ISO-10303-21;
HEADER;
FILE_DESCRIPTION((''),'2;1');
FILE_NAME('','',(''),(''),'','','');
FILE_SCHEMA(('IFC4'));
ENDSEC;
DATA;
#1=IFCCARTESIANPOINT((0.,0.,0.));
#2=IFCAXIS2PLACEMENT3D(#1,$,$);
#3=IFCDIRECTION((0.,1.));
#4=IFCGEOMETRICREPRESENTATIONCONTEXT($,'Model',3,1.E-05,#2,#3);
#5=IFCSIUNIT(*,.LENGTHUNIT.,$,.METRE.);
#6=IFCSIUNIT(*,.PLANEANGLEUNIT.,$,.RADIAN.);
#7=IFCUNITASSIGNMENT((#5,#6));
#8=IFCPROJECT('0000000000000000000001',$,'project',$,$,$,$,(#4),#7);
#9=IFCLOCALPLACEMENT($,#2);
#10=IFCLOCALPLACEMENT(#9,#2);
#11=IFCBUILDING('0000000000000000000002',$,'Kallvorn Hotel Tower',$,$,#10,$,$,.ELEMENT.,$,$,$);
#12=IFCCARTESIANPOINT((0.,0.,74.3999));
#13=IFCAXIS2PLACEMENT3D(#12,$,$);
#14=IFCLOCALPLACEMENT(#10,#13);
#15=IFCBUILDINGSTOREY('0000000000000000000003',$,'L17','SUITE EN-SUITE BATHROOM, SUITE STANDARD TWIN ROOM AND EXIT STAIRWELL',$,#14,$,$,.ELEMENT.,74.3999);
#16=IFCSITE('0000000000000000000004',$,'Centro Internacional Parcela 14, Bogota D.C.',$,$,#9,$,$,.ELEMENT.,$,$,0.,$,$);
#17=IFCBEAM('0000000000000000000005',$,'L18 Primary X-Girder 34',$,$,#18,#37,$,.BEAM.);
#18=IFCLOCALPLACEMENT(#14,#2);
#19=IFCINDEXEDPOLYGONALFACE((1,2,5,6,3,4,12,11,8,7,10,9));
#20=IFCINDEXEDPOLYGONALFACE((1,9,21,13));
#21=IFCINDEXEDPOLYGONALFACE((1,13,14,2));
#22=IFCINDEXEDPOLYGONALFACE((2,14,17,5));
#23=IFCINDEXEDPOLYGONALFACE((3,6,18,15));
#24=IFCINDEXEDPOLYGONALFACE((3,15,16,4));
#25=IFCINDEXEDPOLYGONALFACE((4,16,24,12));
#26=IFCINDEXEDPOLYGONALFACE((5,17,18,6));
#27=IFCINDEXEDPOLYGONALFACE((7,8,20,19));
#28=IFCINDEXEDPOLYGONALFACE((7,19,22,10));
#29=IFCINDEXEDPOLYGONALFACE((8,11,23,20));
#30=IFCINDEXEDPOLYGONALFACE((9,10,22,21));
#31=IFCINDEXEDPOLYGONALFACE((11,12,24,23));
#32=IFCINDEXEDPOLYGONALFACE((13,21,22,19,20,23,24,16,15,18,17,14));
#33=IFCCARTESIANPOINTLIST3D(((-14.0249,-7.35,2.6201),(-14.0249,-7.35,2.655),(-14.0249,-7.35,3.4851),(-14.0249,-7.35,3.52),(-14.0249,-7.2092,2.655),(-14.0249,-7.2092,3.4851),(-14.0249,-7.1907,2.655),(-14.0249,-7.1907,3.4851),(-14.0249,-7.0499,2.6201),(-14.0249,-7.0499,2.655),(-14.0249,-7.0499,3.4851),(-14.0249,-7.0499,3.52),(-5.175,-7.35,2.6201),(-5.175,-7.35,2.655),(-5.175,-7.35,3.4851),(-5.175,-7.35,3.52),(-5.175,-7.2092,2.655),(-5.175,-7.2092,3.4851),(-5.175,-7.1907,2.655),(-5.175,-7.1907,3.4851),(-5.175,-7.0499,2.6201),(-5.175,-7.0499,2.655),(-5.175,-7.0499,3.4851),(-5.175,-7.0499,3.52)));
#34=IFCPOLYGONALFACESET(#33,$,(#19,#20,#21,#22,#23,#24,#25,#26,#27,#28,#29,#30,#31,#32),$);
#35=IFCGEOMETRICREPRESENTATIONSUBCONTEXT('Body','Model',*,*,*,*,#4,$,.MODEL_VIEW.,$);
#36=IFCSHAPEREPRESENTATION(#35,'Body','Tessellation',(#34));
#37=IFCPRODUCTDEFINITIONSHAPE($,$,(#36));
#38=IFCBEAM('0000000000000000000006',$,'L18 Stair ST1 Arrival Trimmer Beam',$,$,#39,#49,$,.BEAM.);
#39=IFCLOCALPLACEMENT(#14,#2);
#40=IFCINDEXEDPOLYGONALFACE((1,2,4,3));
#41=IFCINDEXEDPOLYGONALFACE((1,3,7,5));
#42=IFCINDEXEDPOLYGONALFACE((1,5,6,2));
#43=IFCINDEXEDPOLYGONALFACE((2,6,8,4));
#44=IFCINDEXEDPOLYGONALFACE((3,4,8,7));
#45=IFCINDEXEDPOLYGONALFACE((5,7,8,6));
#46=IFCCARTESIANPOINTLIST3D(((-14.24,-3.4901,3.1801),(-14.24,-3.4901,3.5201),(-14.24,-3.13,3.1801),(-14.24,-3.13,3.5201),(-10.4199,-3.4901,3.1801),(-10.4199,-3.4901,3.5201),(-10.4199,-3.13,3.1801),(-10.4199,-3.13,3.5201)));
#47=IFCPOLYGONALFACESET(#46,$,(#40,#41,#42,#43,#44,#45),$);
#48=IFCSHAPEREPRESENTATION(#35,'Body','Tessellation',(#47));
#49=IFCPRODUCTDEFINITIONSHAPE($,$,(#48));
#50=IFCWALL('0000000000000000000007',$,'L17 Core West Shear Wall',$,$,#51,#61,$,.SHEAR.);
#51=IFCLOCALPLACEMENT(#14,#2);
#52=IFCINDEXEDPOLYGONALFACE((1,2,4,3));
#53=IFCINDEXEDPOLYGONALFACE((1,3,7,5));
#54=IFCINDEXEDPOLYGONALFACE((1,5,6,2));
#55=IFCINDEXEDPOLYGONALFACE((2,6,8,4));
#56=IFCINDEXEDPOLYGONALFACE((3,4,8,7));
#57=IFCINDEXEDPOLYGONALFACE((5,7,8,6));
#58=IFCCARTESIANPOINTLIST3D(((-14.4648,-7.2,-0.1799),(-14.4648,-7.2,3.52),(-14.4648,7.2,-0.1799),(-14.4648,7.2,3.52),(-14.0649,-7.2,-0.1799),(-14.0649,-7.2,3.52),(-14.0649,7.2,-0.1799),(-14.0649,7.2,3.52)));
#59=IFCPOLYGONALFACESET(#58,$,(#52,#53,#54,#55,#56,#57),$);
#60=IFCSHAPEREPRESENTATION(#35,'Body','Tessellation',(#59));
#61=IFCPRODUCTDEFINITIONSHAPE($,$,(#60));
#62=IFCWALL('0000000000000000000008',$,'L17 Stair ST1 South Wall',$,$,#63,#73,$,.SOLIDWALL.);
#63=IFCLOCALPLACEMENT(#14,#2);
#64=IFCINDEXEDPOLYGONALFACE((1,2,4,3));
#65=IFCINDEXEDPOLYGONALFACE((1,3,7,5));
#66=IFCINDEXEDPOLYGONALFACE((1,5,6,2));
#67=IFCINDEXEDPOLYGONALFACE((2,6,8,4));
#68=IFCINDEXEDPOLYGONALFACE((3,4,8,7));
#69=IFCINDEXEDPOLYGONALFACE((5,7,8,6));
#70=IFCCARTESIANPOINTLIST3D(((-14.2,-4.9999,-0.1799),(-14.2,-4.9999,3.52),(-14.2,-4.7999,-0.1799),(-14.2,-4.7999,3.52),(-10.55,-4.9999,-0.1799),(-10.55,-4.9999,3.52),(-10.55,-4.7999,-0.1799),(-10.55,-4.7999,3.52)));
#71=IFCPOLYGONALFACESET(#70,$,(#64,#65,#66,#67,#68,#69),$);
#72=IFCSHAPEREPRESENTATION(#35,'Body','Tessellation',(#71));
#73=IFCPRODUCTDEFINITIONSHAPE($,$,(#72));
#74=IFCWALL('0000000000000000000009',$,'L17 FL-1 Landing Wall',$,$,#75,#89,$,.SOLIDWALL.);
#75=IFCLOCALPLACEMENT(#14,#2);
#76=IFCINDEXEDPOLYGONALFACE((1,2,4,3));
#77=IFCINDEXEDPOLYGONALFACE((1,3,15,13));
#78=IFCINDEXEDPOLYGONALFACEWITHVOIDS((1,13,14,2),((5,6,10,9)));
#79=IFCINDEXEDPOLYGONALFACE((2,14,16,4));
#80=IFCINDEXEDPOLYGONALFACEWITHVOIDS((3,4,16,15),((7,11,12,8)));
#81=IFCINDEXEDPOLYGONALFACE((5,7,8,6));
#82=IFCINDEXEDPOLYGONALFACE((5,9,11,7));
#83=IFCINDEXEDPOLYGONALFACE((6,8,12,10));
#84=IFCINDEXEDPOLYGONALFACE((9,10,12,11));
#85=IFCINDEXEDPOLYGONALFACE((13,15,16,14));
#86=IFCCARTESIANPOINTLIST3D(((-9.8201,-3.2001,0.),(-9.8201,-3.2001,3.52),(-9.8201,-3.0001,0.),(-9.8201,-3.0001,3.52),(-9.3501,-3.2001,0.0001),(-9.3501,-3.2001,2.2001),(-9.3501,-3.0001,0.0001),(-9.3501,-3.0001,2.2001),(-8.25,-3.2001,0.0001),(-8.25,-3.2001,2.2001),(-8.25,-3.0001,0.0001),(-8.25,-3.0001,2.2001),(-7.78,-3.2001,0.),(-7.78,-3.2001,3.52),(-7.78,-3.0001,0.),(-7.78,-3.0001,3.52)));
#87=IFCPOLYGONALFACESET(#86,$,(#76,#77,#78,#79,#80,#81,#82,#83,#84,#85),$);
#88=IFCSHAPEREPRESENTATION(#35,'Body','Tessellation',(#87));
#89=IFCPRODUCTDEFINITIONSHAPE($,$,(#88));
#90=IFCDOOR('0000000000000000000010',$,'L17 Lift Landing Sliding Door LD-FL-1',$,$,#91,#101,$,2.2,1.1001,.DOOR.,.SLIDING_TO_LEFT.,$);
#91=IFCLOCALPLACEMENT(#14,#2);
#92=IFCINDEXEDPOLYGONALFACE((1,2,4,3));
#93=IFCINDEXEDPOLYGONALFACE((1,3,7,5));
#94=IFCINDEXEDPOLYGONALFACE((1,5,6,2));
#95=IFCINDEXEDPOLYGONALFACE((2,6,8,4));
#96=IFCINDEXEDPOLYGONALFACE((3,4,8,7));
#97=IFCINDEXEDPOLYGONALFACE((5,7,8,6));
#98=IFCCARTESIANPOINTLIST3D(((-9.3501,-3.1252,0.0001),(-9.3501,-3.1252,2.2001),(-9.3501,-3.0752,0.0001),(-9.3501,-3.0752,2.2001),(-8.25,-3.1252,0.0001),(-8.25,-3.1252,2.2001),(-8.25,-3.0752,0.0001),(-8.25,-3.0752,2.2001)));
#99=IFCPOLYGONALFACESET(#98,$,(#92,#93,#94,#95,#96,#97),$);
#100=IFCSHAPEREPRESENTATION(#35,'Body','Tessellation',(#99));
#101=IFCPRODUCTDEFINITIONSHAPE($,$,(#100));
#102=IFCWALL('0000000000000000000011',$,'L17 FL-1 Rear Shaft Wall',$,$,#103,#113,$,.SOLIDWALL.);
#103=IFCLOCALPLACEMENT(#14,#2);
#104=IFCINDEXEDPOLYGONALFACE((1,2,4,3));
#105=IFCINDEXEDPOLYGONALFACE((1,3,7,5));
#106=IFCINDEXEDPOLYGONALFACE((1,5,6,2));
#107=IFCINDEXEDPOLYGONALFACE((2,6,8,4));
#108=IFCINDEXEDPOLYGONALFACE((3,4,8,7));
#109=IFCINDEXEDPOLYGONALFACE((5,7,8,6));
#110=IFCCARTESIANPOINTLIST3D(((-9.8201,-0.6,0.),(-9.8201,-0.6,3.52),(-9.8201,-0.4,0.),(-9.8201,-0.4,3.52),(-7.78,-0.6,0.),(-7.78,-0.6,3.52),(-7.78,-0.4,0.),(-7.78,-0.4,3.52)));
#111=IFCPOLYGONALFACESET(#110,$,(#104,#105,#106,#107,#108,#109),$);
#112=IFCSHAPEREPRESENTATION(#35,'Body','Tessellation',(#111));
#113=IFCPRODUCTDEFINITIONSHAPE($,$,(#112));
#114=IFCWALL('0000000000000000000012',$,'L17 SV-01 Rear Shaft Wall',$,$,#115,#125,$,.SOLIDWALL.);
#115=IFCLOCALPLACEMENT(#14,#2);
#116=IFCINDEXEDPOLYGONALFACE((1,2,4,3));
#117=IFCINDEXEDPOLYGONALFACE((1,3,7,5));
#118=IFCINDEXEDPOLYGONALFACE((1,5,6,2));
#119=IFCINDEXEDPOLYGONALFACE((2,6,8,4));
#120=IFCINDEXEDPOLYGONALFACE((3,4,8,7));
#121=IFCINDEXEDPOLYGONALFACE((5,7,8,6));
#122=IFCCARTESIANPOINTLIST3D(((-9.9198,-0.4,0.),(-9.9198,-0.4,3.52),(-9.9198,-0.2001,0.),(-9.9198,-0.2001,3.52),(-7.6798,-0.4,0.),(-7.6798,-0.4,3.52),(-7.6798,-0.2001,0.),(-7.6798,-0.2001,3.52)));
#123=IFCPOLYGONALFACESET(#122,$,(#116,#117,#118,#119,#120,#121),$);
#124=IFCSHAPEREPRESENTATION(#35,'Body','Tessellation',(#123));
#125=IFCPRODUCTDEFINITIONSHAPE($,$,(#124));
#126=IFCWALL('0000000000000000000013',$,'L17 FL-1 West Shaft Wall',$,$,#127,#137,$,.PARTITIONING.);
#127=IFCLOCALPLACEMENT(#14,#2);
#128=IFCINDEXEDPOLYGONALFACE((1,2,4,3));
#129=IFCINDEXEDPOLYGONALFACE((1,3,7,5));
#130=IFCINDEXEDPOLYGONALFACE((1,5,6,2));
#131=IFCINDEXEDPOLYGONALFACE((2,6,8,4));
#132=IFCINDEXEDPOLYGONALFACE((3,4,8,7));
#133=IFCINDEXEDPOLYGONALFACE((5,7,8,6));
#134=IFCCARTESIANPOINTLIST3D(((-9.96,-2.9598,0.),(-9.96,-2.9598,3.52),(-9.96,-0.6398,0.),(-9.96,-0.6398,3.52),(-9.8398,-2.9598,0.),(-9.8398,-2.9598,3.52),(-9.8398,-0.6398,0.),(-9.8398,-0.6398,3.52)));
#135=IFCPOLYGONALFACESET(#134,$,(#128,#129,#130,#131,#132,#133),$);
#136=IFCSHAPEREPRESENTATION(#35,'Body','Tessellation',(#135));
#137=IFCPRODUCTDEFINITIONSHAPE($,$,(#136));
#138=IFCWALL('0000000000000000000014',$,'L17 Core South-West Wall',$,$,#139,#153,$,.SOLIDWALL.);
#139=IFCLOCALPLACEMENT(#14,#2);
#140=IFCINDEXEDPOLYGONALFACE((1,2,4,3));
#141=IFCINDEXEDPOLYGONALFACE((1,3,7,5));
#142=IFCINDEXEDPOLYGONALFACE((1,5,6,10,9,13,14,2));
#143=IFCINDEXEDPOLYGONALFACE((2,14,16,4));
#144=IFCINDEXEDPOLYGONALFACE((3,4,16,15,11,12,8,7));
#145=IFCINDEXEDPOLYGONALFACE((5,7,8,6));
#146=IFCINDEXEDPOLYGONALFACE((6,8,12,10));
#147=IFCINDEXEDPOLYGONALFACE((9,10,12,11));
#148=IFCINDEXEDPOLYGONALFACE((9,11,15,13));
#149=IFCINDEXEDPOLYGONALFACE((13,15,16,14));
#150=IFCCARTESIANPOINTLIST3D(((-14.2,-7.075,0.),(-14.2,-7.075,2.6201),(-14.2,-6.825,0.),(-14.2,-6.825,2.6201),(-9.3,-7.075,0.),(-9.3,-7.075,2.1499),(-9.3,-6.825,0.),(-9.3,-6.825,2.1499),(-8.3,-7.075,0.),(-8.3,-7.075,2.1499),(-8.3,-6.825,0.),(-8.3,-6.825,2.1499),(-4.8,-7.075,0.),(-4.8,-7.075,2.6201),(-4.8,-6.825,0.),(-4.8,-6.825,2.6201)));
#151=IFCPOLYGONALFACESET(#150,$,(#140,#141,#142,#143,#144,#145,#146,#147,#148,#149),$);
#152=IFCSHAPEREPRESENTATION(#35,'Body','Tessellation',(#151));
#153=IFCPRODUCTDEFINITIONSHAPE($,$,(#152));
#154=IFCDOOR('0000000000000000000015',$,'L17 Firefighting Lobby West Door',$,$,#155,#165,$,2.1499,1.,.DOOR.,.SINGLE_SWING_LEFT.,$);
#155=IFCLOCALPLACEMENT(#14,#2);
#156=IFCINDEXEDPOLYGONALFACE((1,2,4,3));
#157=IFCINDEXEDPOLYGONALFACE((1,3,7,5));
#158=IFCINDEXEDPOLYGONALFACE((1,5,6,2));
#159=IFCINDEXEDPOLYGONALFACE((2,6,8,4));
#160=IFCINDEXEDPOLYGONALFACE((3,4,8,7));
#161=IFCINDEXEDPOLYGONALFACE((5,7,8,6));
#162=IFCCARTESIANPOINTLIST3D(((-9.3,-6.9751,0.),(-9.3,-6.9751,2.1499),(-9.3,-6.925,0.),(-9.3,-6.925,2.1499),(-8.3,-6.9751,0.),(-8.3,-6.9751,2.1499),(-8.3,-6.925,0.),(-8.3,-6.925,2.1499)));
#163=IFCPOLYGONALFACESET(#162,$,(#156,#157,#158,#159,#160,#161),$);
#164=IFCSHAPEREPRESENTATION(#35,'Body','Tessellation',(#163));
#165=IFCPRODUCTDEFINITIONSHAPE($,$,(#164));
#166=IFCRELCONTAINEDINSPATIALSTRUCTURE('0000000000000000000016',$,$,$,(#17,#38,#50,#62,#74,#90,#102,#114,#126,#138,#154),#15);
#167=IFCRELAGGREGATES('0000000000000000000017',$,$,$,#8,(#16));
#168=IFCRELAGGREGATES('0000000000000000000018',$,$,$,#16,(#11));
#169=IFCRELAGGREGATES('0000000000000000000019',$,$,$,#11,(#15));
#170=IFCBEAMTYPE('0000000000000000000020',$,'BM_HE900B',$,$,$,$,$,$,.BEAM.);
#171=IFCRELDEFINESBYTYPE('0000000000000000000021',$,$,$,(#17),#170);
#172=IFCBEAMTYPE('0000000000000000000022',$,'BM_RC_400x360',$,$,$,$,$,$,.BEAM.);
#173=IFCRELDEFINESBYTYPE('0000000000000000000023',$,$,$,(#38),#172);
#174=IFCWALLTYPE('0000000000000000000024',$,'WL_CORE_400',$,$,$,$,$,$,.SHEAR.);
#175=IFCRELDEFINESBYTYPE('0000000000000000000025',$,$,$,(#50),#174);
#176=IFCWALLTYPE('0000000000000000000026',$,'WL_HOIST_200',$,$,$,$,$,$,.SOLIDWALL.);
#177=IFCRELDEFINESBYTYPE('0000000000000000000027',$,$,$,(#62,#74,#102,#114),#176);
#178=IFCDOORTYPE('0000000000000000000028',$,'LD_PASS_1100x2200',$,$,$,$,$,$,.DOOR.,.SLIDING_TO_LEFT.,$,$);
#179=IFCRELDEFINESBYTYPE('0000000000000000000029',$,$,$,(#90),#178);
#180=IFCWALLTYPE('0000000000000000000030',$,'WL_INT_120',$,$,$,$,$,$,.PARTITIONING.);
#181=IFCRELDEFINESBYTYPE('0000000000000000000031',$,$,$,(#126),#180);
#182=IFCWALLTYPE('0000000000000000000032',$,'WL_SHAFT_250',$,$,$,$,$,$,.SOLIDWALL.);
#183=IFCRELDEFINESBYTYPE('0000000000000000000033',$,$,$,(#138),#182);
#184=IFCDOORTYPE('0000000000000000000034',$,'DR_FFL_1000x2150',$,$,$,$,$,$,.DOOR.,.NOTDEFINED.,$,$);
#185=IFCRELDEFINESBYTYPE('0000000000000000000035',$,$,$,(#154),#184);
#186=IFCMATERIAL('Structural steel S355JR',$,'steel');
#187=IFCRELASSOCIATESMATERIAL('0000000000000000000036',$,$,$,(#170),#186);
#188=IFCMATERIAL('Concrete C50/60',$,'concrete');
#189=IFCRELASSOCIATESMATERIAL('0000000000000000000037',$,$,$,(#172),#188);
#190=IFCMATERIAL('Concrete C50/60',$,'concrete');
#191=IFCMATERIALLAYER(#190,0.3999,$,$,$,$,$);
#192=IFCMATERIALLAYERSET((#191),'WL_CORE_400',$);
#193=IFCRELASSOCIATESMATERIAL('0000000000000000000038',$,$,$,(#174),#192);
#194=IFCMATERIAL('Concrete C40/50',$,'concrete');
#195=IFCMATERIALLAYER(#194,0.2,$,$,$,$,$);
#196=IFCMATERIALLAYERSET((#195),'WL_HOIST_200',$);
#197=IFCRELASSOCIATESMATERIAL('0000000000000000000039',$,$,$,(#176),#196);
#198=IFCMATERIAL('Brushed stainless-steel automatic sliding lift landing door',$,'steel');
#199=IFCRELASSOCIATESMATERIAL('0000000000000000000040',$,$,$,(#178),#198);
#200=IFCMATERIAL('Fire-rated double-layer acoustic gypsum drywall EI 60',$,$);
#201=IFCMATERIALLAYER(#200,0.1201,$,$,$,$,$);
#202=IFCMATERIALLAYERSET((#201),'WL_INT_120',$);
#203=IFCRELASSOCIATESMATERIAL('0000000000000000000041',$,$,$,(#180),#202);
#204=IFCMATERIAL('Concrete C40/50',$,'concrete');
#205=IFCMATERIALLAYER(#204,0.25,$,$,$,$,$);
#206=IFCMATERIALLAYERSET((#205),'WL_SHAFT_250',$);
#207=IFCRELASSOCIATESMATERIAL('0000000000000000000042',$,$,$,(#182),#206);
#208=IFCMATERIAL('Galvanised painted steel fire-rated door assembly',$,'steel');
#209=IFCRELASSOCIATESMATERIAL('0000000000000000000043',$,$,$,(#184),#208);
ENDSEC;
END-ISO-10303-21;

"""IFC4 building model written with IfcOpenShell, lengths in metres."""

from ifc_helpers import new_model, si_unit, direction, frame, frame_2d, origin, origin_2d, place, context, subcontext, project, spatial, rectangle, i_section, extrude, material, layer, layer_set, material_profile, profile_set, type_object, element, fill, save


model = new_model("IFC4")

# Units and contexts
model_context = context("Model", 3, precision=1e-05, world=origin(), true_north=direction((0.0, 1.0)))
body_context = subcontext(model_context, "Body", "Model", "MODEL_VIEW")
ifc_project = project(units=[si_unit("LENGTHUNIT", "METRE"), si_unit("PLANEANGLEUNIT", "RADIAN")], contexts=[model_context])

# Site, building, storey
site_placement = place(None, origin())
site = spatial("IfcSite", under=ifc_project, at=site_placement, Name="Centro Internacional Parcela 14, Bogota D.C.", CompositionType="ELEMENT", RefElevation=0.0)
building_placement = place(site_placement, origin())
building = spatial("IfcBuilding", under=site, at=building_placement, Name="Kallvorn Hotel Tower", CompositionType="ELEMENT")
storey_placement = place(building_placement, frame((0.0, 0.0, 74.3999)))
storey = spatial("IfcBuildingStorey", under=building, at=storey_placement, Name="L17", Description="SUITE EN-SUITE BATHROOM, SUITE STANDARD TWIN ROOM AND EXIT STAIRWELL", CompositionType="ELEMENT", Elevation=74.3999)

# Beams
ifc_material_1 = material(Name="Structural steel S355JR", Category="steel")
ifc_material_profile_1 = material_profile(ifc_material_1, i_section(OverallWidth=0.3, OverallDepth=0.8999, WebThickness=0.0186, FlangeThickness=0.0349, at=origin_2d()), Name="HE 900 B")
ifc_profile_set_1 = profile_set([ifc_material_profile_1], Name="Structural steel S355JR")
beam_type_1 = type_object("IfcBeamType", Name="BM_HE900B", PredefinedType="BEAM", material=ifc_profile_set_1)
beam_1_placement = place(storey_placement, frame((-14.0249, -7.2, 3.0701), z_axis=(1.0, 0.0, 0.0), x_axis=(0.0, 1.0, 0.0)))
element("IfcBeam", 1, at=beam_1_placement, inside=storey, type_object=beam_type_1, Name="L18 Primary X-Girder 34", PredefinedType="BEAM", context=body_context, shape_type="SweptSolid", body=[
    extrude(i_section(OverallWidth=0.3, OverallDepth=0.8999, WebThickness=0.0186, FlangeThickness=0.0349, at=origin_2d()), origin(), (0.0, 0.0, 1.0), 8.8499),
])
ifc_material_2 = material(Name="Concrete C50/60", Category="concrete")
ifc_material_profile_2 = material_profile(ifc_material_2, rectangle(XDim=0.3601, YDim=0.3401, at=origin_2d()), Name="RC 360x340")
ifc_profile_set_2 = profile_set([ifc_material_profile_2], Name="Concrete C50/60")
beam_type_2 = type_object("IfcBeamType", Name="BM_RC_400x360", PredefinedType="BEAM", material=ifc_profile_set_2)
beam_2_placement = place(storey_placement, frame((-10.4199, -3.3101, 3.3501), z_axis=(-1.0, 0.0, 0.0), x_axis=(0.0, -1.0, 0.0)))
element("IfcBeam", 2, at=beam_2_placement, inside=storey, type_object=beam_type_2, Name="L18 Stair ST1 Arrival Trimmer Beam", PredefinedType="BEAM", context=body_context, shape_type="SweptSolid", body=[
    extrude(rectangle(XDim=0.3601, YDim=0.3401, at=origin_2d()), origin(), (0.0, 0.0, 1.0), 3.8201),
])

# Walls
ifc_material_3 = material(Name="Concrete C50/60", Category="concrete")
ifc_layer_1 = layer(ifc_material_3, 0.3999)
ifc_layer_set_1 = layer_set([ifc_layer_1], Name="WL_CORE_400")
wall_type_1 = type_object("IfcWallType", Name="WL_CORE_400", PredefinedType="SHEAR", material=ifc_layer_set_1)
wall_1_placement = place(storey_placement, frame((-14.2649, -7.2, -0.1799), z_axis=(0.0, 0.0, 1.0), x_axis=(0.0, 1.0, 0.0)))
element("IfcWall", 3, at=wall_1_placement, inside=storey, type_object=wall_type_1, Name="L17 Core West Shear Wall", PredefinedType="SHEAR", context=body_context, shape_type="SweptSolid", body=[
    extrude(rectangle(XDim=14.3999, YDim=0.3999, at=frame_2d((7.2, 0.0))), origin(), (0.0, 0.0, 1.0), 3.7),
])
ifc_material_4 = material(Name="Concrete C40/50", Category="concrete")
ifc_layer_2 = layer(ifc_material_4, 0.2)
ifc_layer_set_2 = layer_set([ifc_layer_2], Name="WL_HOIST_200")
wall_type_2 = type_object("IfcWallType", Name="WL_HOIST_200", PredefinedType="SOLIDWALL", material=ifc_layer_set_2)
wall_2_placement = place(storey_placement, frame((-14.2, -4.8999, -0.1799), z_axis=(0.0, 0.0, 1.0), x_axis=(1.0, 0.0, 0.0)))
element("IfcWall", 4, at=wall_2_placement, inside=storey, type_object=wall_type_2, Name="L17 Stair ST1 South Wall", PredefinedType="SOLIDWALL", context=body_context, shape_type="SweptSolid", body=[
    extrude(rectangle(XDim=3.6499, YDim=0.2, at=frame_2d((1.825, 0.0))), origin(), (0.0, 0.0, 1.0), 3.7),
])

# Wall, opening, door
wall_3_placement = place(storey_placement, frame((-9.8201, -3.1001, 0.0), z_axis=(0.0, 0.0, 1.0), x_axis=(1.0, 0.0, 0.0)))
wall_3 = element("IfcWall", 5, at=wall_3_placement, inside=storey, type_object=wall_type_2, Name="L17 FL-1 Landing Wall", PredefinedType="SOLIDWALL", context=body_context, shape_type="SweptSolid", body=[
    extrude(rectangle(XDim=2.04, YDim=0.2, at=frame_2d((1.02, 0.0))), origin(), (0.0, 0.0, 1.0), 3.52),
])
opening_1_placement = place(wall_3_placement, frame((0.47, 0.0, 0.0)))
opening_1 = element("IfcOpeningElement", 6, at=opening_1_placement, cuts=wall_3, PredefinedType="OPENING", context=body_context, shape_type="SweptSolid", body=[
    extrude(rectangle(XDim=1.1001, YDim=2.2, at=frame_2d((0.55, 1.1001))), frame((0.0, 0.115, 0.0), z_axis=(0.0, -1.0, 0.0), x_axis=(1.0, 0.0, 0.0)), (0.0, 0.0, 1.0), 0.23),
])
ifc_material_5 = material(Name="Brushed stainless-steel automatic sliding lift landing door", Category="steel")
door_type_1 = type_object("IfcDoorType", Name="LD_PASS_1100x2200", OperationType="SLIDING_TO_LEFT", PredefinedType="DOOR", material=ifc_material_5)
door_1_placement = place(opening_1_placement, origin())
door_1 = element("IfcDoor", 7, at=door_1_placement, inside=storey, type_object=door_type_1, Name="L17 Lift Landing Sliding Door LD-FL-1", OperationType="SLIDING_TO_LEFT", OverallHeight=2.2, OverallWidth=1.1001, PredefinedType="DOOR", context=body_context, shape_type="SweptSolid", body=[
    extrude(rectangle(XDim=1.1001, YDim=2.2, at=frame_2d((0.55, 1.1001))), frame((0.0, 0.0249, 0.0), z_axis=(0.0, -1.0, 0.0), x_axis=(1.0, 0.0, 0.0)), (0.0, 0.0, 1.0), 0.05),
])
fill(opening_1, door_1)

# Walls
wall_4_placement = place(storey_placement, frame((-9.8201, -0.5, 0.0), z_axis=(0.0, 0.0, 1.0), x_axis=(1.0, 0.0, 0.0)))
element("IfcWall", 8, at=wall_4_placement, inside=storey, type_object=wall_type_2, Name="L17 FL-1 Rear Shaft Wall", PredefinedType="SOLIDWALL", context=body_context, shape_type="SweptSolid", body=[
    extrude(rectangle(XDim=2.04, YDim=0.2, at=frame_2d((1.02, 0.0))), origin(), (0.0, 0.0, 1.0), 3.52),
])
wall_5_placement = place(storey_placement, frame((-9.9199, -0.3, 0.0), z_axis=(0.0, 0.0, 1.0), x_axis=(1.0, 0.0, 0.0)))
element("IfcWall", 9, at=wall_5_placement, inside=storey, type_object=wall_type_2, Name="L17 SV-01 Rear Shaft Wall", PredefinedType="SOLIDWALL", context=body_context, shape_type="SweptSolid", body=[
    extrude(rectangle(XDim=2.24, YDim=0.2, at=frame_2d((1.1201, 0.0))), origin(), (0.0, 0.0, 1.0), 3.52),
])
ifc_material_6 = material(Name="Fire-rated double-layer acoustic gypsum drywall EI 60")
ifc_layer_3 = layer(ifc_material_6, 0.1201)
ifc_layer_set_3 = layer_set([ifc_layer_3], Name="WL_INT_120")
wall_type_3 = type_object("IfcWallType", Name="WL_INT_120", PredefinedType="PARTITIONING", material=ifc_layer_set_3)
wall_6_placement = place(storey_placement, frame((-9.8999, -2.96, 0.0), z_axis=(0.0, 0.0, 1.0), x_axis=(0.0, 1.0, 0.0)))
element("IfcWall", 10, at=wall_6_placement, inside=storey, type_object=wall_type_3, Name="L17 FL-1 West Shaft Wall", PredefinedType="PARTITIONING", context=body_context, shape_type="SweptSolid", body=[
    extrude(rectangle(XDim=2.3201, YDim=0.1201, at=frame_2d((1.1602, 0.0))), origin(), (0.0, 0.0, 1.0), 3.52),
])

# Wall, opening, door
ifc_material_7 = material(Name="Concrete C40/50", Category="concrete")
ifc_layer_4 = layer(ifc_material_7, 0.25)
ifc_layer_set_4 = layer_set([ifc_layer_4], Name="WL_SHAFT_250")
wall_type_4 = type_object("IfcWallType", Name="WL_SHAFT_250", PredefinedType="SOLIDWALL", material=ifc_layer_set_4)
wall_7_placement = place(storey_placement, frame((-14.2, -6.95, 0.0), z_axis=(0.0, 0.0, 1.0), x_axis=(1.0, 0.0, 0.0)))
wall_7 = element("IfcWall", 11, at=wall_7_placement, inside=storey, type_object=wall_type_4, Name="L17 Core South-West Wall", PredefinedType="SOLIDWALL", context=body_context, shape_type="SweptSolid", body=[
    extrude(rectangle(XDim=9.3999, YDim=0.25, at=frame_2d((4.7, 0.0))), origin(), (0.0, 0.0, 1.0), 2.6201),
])
opening_2_placement = place(wall_7_placement, frame((4.8999, 0.0, 0.0)))
opening_2 = element("IfcOpeningElement", 12, at=opening_2_placement, cuts=wall_7, PredefinedType="OPENING", context=body_context, shape_type="SweptSolid", body=[
    extrude(rectangle(XDim=1.0, YDim=2.1499, at=frame_2d((0.5, 1.075))), frame((0.0, 0.1399, 0.0), z_axis=(0.0, -1.0, 0.0), x_axis=(1.0, 0.0, 0.0)), (0.0, 0.0, 1.0), 0.28),
])
ifc_material_8 = material(Name="Galvanised painted steel fire-rated door assembly", Category="steel")
door_type_2 = type_object("IfcDoorType", Name="DR_FFL_1000x2150", OperationType="NOTDEFINED", PredefinedType="DOOR", material=ifc_material_8)
door_2_placement = place(opening_2_placement, origin())
door_2 = element("IfcDoor", 13, at=door_2_placement, inside=storey, type_object=door_type_2, Name="L17 Firefighting Lobby West Door", OperationType="SINGLE_SWING_LEFT", OverallHeight=2.1499, OverallWidth=1.0, PredefinedType="DOOR", context=body_context, shape_type="SweptSolid", body=[
    extrude(rectangle(XDim=1.0, YDim=2.1499, at=frame_2d((0.5, 1.075))), frame((0.0, 0.0249, 0.0), z_axis=(0.0, -1.0, 0.0), x_axis=(1.0, 0.0, 0.0)), (0.0, 0.0, 1.0), 0.05),
])
fill(opening_2, door_2)

save(model, "model.ifc")
